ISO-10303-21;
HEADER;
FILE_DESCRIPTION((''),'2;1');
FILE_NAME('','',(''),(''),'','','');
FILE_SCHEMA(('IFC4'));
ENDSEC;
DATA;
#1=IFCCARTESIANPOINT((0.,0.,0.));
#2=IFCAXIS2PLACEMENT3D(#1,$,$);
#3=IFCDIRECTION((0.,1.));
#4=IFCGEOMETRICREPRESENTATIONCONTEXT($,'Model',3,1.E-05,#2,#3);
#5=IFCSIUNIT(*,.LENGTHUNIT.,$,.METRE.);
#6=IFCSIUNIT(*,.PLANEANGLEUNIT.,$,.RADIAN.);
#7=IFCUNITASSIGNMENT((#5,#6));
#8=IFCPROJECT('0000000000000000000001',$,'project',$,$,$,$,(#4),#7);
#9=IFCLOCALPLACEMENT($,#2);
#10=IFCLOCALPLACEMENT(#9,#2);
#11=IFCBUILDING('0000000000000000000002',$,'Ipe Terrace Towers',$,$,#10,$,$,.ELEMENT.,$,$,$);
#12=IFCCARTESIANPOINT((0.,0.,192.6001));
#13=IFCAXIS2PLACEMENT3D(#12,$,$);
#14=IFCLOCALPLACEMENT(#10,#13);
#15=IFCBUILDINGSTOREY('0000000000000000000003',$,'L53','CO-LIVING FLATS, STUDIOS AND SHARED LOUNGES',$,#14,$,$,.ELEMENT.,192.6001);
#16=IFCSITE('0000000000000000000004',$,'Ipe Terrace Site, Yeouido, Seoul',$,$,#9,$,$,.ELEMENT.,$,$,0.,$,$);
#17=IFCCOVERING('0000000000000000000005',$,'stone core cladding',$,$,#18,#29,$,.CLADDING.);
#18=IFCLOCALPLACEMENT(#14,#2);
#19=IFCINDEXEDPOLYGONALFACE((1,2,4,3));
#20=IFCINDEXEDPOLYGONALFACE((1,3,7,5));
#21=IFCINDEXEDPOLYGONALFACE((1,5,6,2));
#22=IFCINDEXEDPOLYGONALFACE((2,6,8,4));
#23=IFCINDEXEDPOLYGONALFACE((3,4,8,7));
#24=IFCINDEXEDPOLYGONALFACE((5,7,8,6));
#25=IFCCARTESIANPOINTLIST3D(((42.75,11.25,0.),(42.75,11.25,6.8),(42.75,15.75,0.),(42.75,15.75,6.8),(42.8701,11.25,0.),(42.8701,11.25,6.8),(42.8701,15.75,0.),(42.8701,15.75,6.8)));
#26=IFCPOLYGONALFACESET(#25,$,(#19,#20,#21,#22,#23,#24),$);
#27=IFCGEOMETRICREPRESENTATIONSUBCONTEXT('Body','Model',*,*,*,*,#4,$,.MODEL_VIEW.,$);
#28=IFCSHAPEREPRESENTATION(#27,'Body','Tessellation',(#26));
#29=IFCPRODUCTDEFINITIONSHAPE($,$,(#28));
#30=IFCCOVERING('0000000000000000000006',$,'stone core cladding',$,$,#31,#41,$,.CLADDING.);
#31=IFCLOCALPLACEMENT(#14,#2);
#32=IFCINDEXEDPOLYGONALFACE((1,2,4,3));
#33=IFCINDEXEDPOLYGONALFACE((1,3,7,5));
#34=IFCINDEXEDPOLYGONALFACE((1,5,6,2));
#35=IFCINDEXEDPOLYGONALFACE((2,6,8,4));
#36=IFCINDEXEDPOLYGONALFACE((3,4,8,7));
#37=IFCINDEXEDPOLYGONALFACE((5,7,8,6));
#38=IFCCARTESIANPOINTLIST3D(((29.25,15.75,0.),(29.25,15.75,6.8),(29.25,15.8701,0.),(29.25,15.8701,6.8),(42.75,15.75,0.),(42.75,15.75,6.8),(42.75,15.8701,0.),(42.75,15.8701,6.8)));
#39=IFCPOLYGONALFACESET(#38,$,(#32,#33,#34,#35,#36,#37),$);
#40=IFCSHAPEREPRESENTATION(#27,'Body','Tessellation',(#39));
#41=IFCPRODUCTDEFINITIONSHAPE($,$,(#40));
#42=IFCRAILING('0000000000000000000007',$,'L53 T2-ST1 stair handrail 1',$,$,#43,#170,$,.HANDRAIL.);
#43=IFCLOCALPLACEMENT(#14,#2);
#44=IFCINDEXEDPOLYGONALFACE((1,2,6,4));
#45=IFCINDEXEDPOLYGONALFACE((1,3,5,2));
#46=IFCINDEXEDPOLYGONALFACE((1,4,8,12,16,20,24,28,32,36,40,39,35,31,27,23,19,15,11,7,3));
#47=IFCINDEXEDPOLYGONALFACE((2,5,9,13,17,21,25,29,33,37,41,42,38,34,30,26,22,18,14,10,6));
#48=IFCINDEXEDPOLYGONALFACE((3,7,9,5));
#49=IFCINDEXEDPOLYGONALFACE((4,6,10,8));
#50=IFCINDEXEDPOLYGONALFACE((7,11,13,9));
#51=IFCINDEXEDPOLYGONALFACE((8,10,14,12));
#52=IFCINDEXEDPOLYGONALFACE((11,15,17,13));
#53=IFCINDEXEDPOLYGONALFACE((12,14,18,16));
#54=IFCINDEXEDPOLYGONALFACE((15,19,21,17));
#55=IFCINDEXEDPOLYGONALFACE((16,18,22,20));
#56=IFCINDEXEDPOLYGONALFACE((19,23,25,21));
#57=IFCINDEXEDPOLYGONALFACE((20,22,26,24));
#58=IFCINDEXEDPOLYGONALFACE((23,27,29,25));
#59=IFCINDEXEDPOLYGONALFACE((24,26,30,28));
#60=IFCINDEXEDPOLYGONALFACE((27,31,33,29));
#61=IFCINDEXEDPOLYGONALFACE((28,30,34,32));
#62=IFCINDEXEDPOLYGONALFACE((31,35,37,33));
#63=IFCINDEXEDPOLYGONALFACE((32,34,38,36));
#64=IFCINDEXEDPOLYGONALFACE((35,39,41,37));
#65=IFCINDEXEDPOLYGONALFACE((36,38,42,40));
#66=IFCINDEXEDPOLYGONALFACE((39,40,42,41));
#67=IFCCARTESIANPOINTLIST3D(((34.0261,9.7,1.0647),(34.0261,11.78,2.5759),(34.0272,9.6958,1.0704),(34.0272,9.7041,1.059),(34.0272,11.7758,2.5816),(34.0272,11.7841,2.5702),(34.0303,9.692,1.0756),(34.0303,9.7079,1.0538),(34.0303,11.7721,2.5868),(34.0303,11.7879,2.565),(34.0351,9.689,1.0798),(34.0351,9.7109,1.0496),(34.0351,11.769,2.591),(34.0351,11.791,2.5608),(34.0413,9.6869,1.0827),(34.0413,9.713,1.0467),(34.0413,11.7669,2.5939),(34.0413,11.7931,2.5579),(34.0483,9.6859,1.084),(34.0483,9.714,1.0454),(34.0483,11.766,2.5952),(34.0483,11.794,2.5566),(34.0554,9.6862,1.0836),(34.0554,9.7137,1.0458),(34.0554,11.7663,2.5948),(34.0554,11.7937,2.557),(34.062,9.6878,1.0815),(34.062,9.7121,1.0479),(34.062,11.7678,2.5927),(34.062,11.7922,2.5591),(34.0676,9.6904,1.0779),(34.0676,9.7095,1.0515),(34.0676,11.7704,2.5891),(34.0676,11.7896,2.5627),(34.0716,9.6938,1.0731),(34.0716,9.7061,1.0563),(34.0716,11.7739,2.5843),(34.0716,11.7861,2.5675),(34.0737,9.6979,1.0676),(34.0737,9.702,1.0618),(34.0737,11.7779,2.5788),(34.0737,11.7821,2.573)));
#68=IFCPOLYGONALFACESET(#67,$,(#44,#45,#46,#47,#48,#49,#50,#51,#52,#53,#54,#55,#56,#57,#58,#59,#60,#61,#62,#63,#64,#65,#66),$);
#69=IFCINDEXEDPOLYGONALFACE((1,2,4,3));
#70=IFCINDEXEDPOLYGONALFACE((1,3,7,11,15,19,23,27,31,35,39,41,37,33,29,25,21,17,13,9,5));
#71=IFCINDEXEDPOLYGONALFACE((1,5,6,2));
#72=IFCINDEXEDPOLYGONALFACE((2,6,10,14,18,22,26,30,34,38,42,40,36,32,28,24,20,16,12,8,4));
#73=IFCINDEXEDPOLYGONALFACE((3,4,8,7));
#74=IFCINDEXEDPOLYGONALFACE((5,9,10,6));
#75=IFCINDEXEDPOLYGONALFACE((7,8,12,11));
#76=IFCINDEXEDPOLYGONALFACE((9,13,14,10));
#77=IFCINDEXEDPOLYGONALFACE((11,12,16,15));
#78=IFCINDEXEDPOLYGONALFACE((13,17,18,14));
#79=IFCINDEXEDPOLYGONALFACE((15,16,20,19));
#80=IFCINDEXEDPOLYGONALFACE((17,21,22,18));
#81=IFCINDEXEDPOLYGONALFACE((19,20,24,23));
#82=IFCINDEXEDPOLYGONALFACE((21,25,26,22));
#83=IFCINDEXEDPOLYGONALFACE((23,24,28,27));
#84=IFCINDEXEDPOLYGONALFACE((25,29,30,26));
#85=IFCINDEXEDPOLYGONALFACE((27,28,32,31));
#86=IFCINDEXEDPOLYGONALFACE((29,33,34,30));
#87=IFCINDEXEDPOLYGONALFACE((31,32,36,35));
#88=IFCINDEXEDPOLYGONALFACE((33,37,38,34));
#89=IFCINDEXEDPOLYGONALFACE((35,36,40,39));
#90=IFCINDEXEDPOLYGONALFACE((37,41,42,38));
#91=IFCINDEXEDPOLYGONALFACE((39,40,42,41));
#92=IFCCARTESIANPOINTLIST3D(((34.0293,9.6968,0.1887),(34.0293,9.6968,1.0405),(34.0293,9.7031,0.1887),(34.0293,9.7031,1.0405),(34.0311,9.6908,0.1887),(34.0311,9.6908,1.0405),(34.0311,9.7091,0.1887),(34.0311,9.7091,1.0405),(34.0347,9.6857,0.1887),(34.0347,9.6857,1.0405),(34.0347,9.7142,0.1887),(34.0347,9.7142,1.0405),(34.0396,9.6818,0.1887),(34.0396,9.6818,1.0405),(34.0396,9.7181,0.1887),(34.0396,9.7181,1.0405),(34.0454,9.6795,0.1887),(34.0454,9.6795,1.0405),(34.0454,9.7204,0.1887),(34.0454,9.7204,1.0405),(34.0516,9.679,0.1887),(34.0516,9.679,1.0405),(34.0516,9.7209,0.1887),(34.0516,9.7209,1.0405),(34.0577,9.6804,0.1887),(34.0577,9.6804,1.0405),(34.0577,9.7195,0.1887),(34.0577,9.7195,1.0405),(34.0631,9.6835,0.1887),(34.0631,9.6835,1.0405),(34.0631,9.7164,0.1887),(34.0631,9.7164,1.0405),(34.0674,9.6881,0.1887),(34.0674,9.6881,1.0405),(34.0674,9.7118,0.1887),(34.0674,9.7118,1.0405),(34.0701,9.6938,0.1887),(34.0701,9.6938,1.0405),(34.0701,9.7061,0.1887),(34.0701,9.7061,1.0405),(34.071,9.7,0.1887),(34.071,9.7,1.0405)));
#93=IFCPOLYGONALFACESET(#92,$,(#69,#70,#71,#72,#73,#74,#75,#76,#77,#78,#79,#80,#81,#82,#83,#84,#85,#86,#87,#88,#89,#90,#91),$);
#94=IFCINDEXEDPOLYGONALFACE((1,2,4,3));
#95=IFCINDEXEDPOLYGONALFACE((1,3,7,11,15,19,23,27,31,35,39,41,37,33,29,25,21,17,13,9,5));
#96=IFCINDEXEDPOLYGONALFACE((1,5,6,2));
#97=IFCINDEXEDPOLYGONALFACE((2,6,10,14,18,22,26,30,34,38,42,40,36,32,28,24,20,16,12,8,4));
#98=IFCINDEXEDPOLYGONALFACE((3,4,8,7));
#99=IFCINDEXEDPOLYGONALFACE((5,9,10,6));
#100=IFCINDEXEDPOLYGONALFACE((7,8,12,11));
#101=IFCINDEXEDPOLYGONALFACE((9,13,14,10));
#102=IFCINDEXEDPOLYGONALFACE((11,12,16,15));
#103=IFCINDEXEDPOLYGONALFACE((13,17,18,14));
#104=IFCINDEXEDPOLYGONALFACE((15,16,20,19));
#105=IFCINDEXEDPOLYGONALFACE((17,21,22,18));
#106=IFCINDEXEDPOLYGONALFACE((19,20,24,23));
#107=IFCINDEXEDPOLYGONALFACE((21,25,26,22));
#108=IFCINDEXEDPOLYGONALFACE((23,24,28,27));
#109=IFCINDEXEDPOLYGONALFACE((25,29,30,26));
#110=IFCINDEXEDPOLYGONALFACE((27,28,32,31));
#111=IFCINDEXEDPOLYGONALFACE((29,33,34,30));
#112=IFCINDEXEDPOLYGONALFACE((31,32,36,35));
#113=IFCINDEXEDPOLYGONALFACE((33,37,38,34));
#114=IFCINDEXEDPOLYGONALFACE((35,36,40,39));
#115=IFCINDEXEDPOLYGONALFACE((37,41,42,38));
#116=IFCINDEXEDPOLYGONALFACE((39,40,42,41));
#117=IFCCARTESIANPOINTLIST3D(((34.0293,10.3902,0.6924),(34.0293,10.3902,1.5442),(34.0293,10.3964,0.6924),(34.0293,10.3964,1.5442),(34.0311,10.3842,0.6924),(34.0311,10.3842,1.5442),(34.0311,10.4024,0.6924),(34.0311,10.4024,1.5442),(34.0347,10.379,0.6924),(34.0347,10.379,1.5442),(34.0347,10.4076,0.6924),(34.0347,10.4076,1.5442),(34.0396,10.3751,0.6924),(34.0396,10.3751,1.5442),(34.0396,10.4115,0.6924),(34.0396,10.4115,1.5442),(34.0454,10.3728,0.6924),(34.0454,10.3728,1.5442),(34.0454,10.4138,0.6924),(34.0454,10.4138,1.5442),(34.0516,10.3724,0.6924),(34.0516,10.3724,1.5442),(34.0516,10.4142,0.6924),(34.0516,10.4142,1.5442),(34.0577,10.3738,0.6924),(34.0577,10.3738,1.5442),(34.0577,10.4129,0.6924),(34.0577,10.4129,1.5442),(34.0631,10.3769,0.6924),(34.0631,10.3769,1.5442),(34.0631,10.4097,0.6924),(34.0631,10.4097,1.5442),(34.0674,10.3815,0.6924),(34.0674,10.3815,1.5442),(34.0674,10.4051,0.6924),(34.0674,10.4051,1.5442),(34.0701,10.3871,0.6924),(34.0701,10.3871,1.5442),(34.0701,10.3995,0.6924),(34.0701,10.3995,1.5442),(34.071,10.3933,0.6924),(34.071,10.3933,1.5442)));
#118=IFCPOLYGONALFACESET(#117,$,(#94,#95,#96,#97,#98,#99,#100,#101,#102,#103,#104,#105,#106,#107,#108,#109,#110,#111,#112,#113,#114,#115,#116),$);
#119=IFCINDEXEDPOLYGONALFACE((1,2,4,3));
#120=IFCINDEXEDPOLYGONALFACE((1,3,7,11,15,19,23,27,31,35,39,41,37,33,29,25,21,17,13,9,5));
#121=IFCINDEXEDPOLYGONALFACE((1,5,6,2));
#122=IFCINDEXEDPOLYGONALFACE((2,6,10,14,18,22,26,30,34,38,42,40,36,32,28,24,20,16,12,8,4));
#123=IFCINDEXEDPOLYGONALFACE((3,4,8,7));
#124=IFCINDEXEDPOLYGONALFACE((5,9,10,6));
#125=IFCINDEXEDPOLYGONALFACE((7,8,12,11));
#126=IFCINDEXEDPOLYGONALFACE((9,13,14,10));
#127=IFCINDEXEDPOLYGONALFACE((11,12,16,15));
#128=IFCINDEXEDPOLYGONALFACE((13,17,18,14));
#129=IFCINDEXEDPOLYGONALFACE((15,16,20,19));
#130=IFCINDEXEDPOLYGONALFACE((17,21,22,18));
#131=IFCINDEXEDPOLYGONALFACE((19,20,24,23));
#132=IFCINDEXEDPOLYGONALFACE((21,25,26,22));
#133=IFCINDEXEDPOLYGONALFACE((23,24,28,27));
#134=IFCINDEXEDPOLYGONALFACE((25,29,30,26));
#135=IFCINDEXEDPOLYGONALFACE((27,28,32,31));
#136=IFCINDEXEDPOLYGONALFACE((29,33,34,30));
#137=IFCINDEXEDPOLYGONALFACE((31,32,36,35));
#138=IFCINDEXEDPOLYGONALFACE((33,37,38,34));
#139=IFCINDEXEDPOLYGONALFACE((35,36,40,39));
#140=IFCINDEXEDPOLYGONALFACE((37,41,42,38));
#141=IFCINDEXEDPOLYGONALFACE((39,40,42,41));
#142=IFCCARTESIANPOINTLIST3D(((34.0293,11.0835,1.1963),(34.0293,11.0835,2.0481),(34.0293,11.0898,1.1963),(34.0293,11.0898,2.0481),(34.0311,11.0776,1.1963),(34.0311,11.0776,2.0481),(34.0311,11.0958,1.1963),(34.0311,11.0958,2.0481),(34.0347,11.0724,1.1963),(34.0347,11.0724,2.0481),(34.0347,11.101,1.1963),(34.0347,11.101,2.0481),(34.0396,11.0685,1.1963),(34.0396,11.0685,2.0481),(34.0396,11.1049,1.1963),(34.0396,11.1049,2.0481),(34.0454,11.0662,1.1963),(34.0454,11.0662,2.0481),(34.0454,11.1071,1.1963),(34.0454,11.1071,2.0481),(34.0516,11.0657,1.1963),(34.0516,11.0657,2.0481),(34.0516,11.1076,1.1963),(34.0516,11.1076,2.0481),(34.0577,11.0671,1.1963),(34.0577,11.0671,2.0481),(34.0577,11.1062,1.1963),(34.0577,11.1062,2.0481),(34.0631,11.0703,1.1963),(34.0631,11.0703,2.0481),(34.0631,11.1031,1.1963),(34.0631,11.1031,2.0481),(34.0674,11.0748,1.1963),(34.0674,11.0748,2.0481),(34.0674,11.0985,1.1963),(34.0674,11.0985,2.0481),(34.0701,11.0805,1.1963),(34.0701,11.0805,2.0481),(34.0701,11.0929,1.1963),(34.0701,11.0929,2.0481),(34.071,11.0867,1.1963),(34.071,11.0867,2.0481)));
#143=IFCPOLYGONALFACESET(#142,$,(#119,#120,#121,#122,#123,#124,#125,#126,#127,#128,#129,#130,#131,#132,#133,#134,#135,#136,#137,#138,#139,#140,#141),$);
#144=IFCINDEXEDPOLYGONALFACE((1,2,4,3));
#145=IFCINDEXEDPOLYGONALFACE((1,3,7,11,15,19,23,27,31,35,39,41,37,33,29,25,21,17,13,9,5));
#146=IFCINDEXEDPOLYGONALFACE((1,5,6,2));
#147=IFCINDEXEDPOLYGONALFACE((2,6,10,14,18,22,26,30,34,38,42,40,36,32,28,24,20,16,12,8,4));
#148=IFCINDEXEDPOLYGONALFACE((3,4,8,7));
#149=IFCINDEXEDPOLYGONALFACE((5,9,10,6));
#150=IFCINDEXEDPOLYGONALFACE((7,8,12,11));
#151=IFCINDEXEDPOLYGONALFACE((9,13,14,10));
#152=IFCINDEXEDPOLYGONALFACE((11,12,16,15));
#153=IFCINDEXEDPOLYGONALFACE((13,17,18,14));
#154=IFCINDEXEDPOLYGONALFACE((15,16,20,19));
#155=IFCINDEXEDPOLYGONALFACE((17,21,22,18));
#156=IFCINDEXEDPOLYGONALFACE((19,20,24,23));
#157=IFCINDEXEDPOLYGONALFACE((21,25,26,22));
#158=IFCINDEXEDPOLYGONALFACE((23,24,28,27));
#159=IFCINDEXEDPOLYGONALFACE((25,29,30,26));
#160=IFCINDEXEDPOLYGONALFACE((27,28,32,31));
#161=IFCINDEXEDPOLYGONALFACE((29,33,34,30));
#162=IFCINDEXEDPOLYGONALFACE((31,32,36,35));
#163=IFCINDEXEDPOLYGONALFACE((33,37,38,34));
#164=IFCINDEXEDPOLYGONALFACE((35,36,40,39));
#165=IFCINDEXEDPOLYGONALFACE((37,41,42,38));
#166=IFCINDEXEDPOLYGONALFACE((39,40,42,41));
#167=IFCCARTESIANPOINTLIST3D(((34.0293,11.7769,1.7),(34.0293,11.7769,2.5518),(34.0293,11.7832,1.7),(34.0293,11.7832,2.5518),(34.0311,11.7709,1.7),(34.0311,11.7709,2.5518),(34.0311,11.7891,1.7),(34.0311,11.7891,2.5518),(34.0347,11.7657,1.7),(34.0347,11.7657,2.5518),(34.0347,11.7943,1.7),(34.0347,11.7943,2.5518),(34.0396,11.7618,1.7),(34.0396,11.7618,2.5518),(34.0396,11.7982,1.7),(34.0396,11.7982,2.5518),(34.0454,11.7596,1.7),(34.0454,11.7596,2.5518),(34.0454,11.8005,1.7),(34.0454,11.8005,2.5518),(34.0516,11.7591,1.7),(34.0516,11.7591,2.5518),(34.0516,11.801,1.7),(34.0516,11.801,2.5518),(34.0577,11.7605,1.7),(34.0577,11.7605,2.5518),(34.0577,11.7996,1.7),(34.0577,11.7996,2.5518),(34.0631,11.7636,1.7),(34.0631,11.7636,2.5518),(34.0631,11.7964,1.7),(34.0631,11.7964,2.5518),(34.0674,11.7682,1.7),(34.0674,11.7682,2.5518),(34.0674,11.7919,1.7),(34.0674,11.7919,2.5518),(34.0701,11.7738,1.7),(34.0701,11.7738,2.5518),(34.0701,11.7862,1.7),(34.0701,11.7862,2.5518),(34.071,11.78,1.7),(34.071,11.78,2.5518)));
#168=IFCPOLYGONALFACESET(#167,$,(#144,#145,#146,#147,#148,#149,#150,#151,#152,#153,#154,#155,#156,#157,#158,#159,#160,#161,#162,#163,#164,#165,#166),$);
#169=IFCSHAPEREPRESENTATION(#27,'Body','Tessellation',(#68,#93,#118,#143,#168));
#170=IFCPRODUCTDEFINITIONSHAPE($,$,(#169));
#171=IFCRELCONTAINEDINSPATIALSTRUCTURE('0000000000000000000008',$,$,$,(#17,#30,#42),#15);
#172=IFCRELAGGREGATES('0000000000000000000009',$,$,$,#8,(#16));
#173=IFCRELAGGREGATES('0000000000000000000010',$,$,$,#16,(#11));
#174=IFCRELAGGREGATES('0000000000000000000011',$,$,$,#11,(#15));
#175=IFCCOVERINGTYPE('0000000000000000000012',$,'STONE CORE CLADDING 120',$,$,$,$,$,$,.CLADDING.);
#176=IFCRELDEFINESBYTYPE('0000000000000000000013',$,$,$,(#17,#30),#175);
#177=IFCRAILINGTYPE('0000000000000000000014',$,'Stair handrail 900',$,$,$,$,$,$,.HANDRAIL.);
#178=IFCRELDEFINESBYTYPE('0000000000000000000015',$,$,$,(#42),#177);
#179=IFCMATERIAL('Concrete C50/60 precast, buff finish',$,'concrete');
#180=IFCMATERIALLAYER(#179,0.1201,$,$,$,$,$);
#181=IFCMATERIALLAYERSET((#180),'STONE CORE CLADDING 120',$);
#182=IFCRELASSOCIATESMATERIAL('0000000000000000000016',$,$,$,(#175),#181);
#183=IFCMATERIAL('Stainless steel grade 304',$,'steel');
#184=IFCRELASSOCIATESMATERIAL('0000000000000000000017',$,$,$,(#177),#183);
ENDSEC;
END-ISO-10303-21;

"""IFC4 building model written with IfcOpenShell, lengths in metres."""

from ifc_helpers import new_model, si_unit, direction, frame, origin, origin_2d, place, context, subcontext, project, spatial, rectangle, circle, extrude, material, layer, layer_set, type_object, element, save


model = new_model("IFC4")

# Units and contexts
model_context = context("Model", 3, precision=1e-05, world=origin(), true_north=direction((0.0, 1.0)))
body_context = subcontext(model_context, "Body", "Model", "MODEL_VIEW")
ifc_project = project(units=[si_unit("LENGTHUNIT", "METRE"), si_unit("PLANEANGLEUNIT", "RADIAN")], contexts=[model_context])

# Site, building, storey
site_placement = place(None, origin())
site = spatial("IfcSite", under=ifc_project, at=site_placement, Name="Ipe Terrace Site, Yeouido, Seoul", CompositionType="ELEMENT", RefElevation=0.0)
building_placement = place(site_placement, origin())
building = spatial("IfcBuilding", under=site, at=building_placement, Name="Ipe Terrace Towers", CompositionType="ELEMENT")
storey_placement = place(building_placement, frame((0.0, 0.0, 192.6001)))
storey = spatial("IfcBuildingStorey", under=building, at=storey_placement, Name="L53", Description="CO-LIVING FLATS, STUDIOS AND SHARED LOUNGES", CompositionType="ELEMENT", Elevation=192.6001)

# Coverings
ifc_material_1 = material(Name="Concrete C50/60 precast, buff finish", Category="concrete")
ifc_layer_1 = layer(ifc_material_1, 0.1201)
ifc_layer_set_1 = layer_set([ifc_layer_1], Name="STONE CORE CLADDING 120")
covering_type = type_object("IfcCoveringType", Name="STONE CORE CLADDING 120", PredefinedType="CLADDING", material=ifc_layer_set_1)
for number, where, z_axis, x_axis, name in (
    (1, (42.8101, 13.5, 0.0), (0.0, 0.0, 1.0), (0.0, 1.0, 0.0), "stone core cladding"),
):
    element("IfcCovering", number, at=place(storey_placement, frame(where, z_axis=z_axis, x_axis=x_axis)), inside=storey, type_object=covering_type, Name=name, PredefinedType="CLADDING", context=body_context, shape_type="SweptSolid", body=[
        extrude(rectangle(XDim=4.5, YDim=0.1201, at=origin_2d()), origin(), (0.0, 0.0, 1.0), 6.8),
    ])
covering_placement = place(storey_placement, frame((36.0, 15.8101, 0.0), z_axis=(0.0, 0.0, 1.0), x_axis=(-1.0, 0.0, 0.0)))
element("IfcCovering", 2, at=covering_placement, inside=storey, type_object=covering_type, Name="stone core cladding", PredefinedType="CLADDING", context=body_context, shape_type="SweptSolid", body=[
    extrude(rectangle(XDim=13.5, YDim=0.1201, at=origin_2d()), origin(), (0.0, 0.0, 1.0), 6.8),
])

# Railing
ifc_material_2 = material(Name="Stainless steel grade 304", Category="steel")
railing_type_1 = type_object("IfcRailingType", Name="Stair handrail 900", PredefinedType="HANDRAIL", material=ifc_material_2)
railing_1_placement = place(storey_placement, frame((34.05, 9.7, 0.1887)))
element("IfcRailing", 3, at=railing_1_placement, inside=storey, type_object=railing_type_1, Name="L53 T2-ST1 stair handrail 1", PredefinedType="HANDRAIL", context=body_context, shape_type="SweptSolid", body=[
    extrude(circle(Radius=0.0239, at=origin_2d()), frame((0.0, 0.0, 0.876), z_axis=(0.0, 0.809023, 0.587776), x_axis=(-1.0, 0.0, 0.0)), (0.0, 0.0, 1.0), 2.571),
    extrude(circle(Radius=0.021, at=origin_2d()), origin(), (0.0, 0.0, 1.0), 0.8518),
    extrude(circle(Radius=0.021, at=origin_2d()), frame((0.0, 0.6934, 0.5037)), (0.0, 0.0, 1.0), 0.8518),
    extrude(circle(Radius=0.021, at=origin_2d()), frame((0.0, 1.3867, 1.0076)), (0.0, 0.0, 1.0), 0.8518),
    extrude(circle(Radius=0.021, at=origin_2d()), frame((0.0, 2.0801, 1.5112)), (0.0, 0.0, 1.0), 0.8518),
])

save(model, "model.ifc")
